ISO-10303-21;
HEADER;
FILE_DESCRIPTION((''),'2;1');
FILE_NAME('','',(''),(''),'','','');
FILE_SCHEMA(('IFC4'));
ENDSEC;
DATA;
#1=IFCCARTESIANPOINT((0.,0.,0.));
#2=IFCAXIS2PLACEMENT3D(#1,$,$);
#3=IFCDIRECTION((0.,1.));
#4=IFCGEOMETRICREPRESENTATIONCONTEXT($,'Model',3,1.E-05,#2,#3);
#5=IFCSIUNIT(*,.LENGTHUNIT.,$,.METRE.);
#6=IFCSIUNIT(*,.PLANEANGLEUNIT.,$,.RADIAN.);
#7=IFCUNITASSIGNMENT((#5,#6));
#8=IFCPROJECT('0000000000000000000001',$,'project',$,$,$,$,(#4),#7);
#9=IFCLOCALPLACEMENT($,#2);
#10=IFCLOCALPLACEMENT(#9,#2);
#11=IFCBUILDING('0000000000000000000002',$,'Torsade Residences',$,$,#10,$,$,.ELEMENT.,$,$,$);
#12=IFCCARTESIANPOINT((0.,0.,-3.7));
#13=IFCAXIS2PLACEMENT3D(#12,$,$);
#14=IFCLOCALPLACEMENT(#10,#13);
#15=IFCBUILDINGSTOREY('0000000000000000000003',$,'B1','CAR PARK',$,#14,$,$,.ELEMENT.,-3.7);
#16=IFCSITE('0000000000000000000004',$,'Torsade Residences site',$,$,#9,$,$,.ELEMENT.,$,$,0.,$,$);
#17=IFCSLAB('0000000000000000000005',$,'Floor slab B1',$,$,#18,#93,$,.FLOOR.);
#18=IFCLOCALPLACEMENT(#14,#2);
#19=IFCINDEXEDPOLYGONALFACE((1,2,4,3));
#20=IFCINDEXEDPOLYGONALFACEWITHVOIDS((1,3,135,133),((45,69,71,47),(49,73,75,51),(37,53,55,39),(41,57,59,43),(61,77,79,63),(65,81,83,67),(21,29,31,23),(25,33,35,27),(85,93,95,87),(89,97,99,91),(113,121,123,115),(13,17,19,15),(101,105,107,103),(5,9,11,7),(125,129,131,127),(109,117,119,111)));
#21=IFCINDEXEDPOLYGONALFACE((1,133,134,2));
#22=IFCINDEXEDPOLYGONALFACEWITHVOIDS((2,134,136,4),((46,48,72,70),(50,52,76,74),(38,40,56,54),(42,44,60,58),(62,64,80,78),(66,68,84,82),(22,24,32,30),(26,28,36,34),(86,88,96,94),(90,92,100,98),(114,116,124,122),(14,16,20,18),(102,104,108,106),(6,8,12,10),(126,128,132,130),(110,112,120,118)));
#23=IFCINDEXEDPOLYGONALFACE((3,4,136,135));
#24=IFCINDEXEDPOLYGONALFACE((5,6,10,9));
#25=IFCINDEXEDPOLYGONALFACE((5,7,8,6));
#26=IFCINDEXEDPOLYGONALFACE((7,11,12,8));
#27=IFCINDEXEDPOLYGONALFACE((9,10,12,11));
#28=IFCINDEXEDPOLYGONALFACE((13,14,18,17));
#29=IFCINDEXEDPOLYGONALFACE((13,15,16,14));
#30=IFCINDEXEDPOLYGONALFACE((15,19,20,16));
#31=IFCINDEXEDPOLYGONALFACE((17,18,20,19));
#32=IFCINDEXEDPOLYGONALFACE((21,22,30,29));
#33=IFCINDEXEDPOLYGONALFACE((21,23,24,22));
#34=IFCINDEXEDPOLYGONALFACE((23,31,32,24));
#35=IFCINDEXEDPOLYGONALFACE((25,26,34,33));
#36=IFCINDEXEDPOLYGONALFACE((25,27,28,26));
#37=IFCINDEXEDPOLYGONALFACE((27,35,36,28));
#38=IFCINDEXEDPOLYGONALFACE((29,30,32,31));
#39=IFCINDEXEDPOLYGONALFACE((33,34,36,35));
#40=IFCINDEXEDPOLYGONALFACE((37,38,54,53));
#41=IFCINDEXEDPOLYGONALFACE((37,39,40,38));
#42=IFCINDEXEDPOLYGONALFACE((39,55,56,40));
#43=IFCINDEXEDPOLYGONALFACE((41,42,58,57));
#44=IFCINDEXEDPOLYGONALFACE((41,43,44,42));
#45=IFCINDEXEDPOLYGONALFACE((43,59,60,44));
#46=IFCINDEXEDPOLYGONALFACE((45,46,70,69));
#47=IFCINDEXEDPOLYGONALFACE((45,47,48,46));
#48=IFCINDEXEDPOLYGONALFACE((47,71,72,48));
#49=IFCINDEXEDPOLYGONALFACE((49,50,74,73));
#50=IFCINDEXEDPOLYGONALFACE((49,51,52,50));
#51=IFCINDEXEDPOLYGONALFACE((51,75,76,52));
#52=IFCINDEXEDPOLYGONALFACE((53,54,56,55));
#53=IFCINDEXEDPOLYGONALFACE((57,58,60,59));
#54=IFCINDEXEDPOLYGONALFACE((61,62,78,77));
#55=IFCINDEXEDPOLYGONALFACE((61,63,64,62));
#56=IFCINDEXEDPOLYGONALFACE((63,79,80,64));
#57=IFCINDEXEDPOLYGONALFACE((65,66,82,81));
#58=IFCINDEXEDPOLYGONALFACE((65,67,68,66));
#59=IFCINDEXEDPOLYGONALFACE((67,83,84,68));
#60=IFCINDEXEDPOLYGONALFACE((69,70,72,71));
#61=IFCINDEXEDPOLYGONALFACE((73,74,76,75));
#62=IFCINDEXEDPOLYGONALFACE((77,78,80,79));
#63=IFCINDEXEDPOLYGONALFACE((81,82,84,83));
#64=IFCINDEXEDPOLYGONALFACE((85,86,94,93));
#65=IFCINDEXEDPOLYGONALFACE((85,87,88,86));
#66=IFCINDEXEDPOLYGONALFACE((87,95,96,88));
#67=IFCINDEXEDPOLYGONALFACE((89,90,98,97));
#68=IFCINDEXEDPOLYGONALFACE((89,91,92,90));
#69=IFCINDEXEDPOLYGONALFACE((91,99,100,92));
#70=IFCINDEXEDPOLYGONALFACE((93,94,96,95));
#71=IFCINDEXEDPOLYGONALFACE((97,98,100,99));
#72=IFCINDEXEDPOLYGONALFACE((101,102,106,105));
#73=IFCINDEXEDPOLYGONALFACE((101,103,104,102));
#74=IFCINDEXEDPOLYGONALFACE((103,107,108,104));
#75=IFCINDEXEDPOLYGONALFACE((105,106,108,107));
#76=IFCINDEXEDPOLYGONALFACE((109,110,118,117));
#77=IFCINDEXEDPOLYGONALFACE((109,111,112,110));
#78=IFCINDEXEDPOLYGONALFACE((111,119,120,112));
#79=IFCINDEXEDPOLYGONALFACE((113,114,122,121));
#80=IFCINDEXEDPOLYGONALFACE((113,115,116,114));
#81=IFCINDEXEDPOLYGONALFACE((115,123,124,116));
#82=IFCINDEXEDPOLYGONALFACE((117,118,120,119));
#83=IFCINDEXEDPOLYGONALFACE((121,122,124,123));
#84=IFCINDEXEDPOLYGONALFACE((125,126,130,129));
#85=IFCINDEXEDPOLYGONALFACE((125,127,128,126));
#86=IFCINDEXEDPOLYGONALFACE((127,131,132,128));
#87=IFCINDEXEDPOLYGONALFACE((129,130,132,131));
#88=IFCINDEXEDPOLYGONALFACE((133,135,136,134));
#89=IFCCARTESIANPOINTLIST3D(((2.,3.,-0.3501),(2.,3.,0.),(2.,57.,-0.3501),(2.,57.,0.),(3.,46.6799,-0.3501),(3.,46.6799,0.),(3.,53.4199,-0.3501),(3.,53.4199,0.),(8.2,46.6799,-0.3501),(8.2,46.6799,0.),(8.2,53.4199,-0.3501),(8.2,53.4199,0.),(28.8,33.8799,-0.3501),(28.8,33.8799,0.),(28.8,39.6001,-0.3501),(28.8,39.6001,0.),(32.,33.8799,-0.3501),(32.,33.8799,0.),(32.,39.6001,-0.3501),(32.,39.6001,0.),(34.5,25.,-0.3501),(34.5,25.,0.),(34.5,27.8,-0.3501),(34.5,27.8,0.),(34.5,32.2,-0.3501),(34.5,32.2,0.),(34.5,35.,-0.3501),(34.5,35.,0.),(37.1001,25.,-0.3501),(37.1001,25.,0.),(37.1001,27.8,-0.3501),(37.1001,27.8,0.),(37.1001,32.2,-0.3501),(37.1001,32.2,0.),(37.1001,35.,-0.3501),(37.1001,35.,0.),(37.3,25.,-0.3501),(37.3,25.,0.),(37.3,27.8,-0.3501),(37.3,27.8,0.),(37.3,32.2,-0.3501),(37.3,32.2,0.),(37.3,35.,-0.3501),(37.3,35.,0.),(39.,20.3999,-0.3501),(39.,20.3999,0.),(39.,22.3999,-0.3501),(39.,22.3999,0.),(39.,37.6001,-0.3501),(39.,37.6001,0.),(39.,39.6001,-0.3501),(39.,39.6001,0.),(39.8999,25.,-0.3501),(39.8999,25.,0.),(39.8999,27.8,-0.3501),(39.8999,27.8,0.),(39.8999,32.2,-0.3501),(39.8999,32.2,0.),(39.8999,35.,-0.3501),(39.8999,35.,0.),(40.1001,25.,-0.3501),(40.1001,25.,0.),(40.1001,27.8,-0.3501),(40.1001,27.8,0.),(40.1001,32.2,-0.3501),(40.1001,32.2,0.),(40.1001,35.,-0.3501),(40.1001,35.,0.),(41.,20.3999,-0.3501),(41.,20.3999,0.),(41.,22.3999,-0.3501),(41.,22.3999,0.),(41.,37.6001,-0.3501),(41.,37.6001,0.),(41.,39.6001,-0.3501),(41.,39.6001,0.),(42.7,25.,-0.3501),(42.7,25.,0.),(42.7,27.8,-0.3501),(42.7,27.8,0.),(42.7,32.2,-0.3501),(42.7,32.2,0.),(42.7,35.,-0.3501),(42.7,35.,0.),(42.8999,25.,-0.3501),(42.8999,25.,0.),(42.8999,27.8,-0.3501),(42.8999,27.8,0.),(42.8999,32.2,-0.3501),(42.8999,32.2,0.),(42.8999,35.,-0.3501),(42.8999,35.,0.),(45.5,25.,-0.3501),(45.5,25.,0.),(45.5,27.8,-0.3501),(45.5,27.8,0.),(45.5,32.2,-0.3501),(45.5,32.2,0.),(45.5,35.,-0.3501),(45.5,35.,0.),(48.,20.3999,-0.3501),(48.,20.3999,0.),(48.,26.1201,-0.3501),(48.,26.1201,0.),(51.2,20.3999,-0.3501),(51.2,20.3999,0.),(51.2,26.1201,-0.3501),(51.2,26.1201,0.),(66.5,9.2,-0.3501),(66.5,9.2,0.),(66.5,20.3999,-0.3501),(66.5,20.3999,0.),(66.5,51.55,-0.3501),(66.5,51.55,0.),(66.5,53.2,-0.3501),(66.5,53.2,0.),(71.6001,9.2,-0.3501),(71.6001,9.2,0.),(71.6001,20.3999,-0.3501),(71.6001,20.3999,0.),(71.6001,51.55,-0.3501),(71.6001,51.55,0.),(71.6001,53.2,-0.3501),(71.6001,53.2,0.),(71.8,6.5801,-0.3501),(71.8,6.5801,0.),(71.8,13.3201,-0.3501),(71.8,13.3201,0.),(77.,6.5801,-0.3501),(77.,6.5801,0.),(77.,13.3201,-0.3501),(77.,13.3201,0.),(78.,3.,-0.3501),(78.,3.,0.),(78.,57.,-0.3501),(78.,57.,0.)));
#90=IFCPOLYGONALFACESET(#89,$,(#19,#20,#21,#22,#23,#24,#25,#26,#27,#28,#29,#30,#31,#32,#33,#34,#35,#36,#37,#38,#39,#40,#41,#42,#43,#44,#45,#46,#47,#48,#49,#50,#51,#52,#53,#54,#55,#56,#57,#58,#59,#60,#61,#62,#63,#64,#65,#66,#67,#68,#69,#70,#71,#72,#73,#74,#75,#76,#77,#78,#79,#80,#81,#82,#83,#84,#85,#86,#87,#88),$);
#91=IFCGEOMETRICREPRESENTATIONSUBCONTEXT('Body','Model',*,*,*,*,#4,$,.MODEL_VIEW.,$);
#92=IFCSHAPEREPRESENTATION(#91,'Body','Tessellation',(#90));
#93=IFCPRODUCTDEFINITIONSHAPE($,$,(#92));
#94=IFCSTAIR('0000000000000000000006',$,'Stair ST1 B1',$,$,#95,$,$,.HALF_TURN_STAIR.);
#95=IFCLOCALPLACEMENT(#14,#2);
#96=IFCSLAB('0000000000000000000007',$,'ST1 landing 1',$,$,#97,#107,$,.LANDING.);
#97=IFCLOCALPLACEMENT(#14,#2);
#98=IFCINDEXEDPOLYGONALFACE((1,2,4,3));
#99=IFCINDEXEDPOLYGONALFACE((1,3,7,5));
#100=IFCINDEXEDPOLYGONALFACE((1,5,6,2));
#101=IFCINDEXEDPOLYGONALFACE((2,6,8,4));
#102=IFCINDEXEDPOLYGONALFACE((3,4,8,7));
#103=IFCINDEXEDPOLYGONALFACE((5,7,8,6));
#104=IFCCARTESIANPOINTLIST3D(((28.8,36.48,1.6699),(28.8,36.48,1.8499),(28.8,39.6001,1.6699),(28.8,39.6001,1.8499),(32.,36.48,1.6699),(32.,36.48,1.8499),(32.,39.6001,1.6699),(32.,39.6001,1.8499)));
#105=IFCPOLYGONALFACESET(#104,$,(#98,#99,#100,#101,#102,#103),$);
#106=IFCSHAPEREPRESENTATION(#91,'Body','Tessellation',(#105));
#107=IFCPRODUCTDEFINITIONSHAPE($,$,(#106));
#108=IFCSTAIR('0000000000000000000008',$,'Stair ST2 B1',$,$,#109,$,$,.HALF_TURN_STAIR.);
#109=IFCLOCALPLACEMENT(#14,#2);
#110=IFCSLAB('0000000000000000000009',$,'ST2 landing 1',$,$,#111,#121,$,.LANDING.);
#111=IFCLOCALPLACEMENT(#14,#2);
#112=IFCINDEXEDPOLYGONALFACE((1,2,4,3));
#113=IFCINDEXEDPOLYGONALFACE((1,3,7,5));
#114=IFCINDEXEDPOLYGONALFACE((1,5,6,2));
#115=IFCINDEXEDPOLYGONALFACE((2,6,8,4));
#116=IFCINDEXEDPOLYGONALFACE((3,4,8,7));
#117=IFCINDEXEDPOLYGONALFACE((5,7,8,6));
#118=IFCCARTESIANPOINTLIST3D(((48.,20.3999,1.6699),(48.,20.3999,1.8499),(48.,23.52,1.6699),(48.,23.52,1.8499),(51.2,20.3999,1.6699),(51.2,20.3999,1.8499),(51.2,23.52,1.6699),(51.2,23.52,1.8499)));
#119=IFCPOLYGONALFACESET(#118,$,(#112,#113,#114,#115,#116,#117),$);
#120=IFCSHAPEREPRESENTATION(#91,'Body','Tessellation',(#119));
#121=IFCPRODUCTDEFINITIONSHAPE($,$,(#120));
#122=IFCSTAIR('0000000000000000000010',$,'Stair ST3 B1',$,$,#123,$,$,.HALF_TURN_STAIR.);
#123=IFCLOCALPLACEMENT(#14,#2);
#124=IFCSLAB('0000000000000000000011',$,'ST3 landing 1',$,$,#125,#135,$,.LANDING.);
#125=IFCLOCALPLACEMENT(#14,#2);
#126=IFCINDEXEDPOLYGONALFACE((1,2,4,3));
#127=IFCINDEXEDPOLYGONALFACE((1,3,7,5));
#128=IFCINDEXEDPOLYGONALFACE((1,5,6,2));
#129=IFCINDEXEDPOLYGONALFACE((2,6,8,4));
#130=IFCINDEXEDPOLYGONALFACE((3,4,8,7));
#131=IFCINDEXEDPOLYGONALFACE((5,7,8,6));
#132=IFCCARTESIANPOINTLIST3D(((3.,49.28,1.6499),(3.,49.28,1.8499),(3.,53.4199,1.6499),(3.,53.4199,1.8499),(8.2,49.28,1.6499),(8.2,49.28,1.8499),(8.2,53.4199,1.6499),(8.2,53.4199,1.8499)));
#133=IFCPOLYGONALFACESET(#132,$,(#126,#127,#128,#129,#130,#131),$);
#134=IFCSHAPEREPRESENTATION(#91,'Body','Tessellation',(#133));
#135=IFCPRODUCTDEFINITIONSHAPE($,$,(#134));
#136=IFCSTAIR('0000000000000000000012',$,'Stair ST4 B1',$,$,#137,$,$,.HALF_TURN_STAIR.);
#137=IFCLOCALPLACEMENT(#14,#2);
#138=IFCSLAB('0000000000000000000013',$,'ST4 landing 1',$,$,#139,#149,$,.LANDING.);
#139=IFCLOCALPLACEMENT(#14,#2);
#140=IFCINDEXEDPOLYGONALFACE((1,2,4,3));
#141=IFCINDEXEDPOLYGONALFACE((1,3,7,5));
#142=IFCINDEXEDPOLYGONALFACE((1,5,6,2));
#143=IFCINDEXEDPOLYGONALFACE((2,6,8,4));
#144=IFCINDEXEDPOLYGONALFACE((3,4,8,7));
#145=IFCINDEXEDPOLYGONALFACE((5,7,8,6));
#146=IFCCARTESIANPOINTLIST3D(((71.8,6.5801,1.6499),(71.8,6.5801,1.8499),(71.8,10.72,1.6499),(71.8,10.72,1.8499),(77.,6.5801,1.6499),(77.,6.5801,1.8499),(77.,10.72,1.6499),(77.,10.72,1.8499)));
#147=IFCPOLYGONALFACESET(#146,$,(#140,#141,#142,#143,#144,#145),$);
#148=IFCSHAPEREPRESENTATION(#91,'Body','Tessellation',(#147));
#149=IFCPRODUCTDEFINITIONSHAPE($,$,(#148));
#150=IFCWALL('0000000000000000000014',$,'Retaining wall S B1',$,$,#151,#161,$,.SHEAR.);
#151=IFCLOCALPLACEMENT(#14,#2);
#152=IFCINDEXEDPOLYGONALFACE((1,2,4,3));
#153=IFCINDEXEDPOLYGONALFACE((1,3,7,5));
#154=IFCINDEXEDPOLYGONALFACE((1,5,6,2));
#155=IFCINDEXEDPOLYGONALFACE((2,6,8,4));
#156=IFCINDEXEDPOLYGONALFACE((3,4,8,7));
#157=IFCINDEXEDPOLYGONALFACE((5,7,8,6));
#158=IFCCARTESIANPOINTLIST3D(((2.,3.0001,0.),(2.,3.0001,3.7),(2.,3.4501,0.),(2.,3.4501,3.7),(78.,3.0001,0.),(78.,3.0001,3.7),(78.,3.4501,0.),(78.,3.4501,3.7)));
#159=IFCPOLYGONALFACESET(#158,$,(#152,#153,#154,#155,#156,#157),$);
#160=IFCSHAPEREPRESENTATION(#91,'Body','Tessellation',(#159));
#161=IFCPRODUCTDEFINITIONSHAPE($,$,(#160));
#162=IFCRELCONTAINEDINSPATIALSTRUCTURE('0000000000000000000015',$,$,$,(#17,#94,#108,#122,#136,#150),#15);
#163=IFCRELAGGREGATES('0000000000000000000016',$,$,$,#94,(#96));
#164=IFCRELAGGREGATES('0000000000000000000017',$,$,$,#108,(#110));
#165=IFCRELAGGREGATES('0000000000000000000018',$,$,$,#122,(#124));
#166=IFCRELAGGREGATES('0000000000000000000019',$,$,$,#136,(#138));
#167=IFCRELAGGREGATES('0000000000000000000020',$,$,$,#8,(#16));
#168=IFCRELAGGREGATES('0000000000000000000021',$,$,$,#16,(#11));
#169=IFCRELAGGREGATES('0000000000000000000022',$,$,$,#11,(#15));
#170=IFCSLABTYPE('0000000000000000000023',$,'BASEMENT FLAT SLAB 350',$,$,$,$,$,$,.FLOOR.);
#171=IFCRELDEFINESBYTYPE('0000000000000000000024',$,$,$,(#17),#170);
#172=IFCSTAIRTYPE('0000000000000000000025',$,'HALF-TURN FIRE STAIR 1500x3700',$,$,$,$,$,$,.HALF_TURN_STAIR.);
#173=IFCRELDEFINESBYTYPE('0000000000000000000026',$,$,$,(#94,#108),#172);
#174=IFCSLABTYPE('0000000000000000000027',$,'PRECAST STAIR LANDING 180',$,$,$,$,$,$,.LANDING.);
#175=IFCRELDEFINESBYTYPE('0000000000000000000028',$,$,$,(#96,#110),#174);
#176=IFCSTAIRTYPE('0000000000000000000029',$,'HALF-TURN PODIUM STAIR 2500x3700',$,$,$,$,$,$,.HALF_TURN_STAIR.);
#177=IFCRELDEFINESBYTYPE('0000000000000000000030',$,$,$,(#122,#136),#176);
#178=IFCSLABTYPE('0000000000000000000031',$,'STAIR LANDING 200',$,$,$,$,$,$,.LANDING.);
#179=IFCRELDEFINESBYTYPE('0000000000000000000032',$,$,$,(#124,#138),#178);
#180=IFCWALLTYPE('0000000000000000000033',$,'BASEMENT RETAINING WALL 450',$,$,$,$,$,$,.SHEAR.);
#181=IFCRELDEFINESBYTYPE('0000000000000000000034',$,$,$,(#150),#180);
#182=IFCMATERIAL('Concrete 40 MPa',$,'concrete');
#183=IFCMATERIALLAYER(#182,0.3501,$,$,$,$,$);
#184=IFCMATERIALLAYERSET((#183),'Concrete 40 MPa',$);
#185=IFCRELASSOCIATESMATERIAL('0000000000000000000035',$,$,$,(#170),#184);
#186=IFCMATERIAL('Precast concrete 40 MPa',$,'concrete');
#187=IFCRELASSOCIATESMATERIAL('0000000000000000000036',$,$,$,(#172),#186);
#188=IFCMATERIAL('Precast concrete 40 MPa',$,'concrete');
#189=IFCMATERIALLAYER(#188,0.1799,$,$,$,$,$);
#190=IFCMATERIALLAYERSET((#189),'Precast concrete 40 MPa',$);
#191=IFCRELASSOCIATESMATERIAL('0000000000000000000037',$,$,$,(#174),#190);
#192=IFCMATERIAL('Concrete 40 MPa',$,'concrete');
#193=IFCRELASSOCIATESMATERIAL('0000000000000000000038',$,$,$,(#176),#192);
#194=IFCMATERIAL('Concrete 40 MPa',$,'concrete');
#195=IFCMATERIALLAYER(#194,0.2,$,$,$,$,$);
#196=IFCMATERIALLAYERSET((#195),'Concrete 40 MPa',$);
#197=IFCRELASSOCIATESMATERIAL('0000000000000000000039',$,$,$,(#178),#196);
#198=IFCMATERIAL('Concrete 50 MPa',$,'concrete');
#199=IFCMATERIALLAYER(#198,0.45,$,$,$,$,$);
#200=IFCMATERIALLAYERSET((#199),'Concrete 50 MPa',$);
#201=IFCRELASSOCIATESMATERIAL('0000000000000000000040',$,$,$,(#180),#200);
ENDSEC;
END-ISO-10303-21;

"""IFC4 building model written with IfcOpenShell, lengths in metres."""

from ifc_helpers import new_model, si_unit, direction, frame, frame_2d, origin, place, context, subcontext, project, spatial, polyline, rectangle, outline, extrude, material, layer, layer_set, type_object, element, aggregate, save


model = new_model("IFC4")

# Units and contexts
model_context = context("Model", 3, precision=1e-05, world=origin(), true_north=direction((0.0, 1.0)))
body_context = subcontext(model_context, "Body", "Model", "MODEL_VIEW")
ifc_project = project(units=[si_unit("LENGTHUNIT", "METRE"), si_unit("PLANEANGLEUNIT", "RADIAN")], contexts=[model_context])

# Site, building, storey
site_placement = place(None, origin())
site = spatial("IfcSite", under=ifc_project, at=site_placement, Name="Torsade Residences site", CompositionType="ELEMENT", RefElevation=0.0)
building_placement = place(site_placement, origin())
building = spatial("IfcBuilding", under=site, at=building_placement, Name="Torsade Residences", CompositionType="ELEMENT")
storey_placement = place(building_placement, frame((0.0, 0.0, -3.7)))
storey = spatial("IfcBuildingStorey", under=building, at=storey_placement, Name="B1", Description="CAR PARK", CompositionType="ELEMENT", Elevation=-3.7)

# Slab
ifc_material_1 = material(Name="Concrete 40 MPa", Category="concrete")
ifc_layer_1 = layer(ifc_material_1, 0.3501)
ifc_layer_set_1 = layer_set([ifc_layer_1], Name="Concrete 40 MPa")
slab_type_1 = type_object("IfcSlabType", Name="BASEMENT FLAT SLAB 350", PredefinedType="FLOOR", material=ifc_layer_set_1)
slab_1_placement = place(storey_placement, frame((0.0, 0.0, -0.3501)))
element("IfcSlab", 1, at=slab_1_placement, inside=storey, type_object=slab_type_1, Name="Floor slab B1", PredefinedType="FLOOR", context=body_context, shape_type="SweptSolid", body=[
    extrude(outline(polyline([(78.0, 3.0), (78.0, 57.0), (2.0, 57.0), (2.0, 3.0), (78.0, 3.0)]), holes=[polyline([(28.8, 33.8799), (32.0, 33.8799), (32.0, 39.6001), (28.8, 39.6001), (28.8, 33.8799)]), polyline([(48.0, 20.3999), (51.2, 20.3999), (51.2, 26.1201), (48.0, 26.1201), (48.0, 20.3999)]), polyline([(3.0, 46.6799), (8.2, 46.6799), (8.2, 53.4199), (3.0, 53.4199), (3.0, 46.6799)]), polyline([(71.8, 6.5801), (77.0, 6.5801), (77.0, 13.3201), (71.8, 13.3201), (71.8, 6.5801)]), polyline([(34.5, 32.2), (37.1001, 32.2), (37.1001, 35.0), (34.5, 35.0), (34.5, 32.2)]), polyline([(42.8999, 25.0), (45.5, 25.0), (45.5, 27.8), (42.8999, 27.8), (42.8999, 25.0)]), polyline([(37.3, 32.2), (39.8999, 32.2), (39.8999, 35.0), (37.3, 35.0), (37.3, 32.2)]), polyline([(40.1001, 25.0), (42.7, 25.0), (42.7, 27.8), (40.1001, 27.8), (40.1001, 25.0)]), polyline([(40.1001, 32.2), (42.7, 32.2), (42.7, 35.0), (40.1001, 35.0), (40.1001, 32.2)]), polyline([(37.3, 25.0), (39.8999, 25.0), (39.8999, 27.8), (37.3, 27.8), (37.3, 25.0)]), polyline([(42.8999, 32.2), (45.5, 32.2), (45.5, 35.0), (42.8999, 35.0), (42.8999, 32.2)]), polyline([(34.5, 25.0), (37.1001, 25.0), (37.1001, 27.8), (34.5, 27.8), (34.5, 25.0)]), polyline([(39.0, 37.6001), (41.0, 37.6001), (41.0, 39.6001), (39.0, 39.6001), (39.0, 37.6001)]), polyline([(39.0, 20.3999), (41.0, 20.3999), (41.0, 22.3999), (39.0, 22.3999), (39.0, 20.3999)]), polyline([(66.5, 9.2), (71.6001, 9.2), (71.6001, 20.3999), (66.5, 20.3999), (66.5, 9.2)]), polyline([(66.5, 51.55), (71.6001, 51.55), (71.6001, 53.2), (66.5, 53.2), (66.5, 51.55)])]), origin(), (0.0, 0.0, 1.0), 0.3501),
])

# Stairs, slabs
ifc_material_2 = material(Name="Precast concrete 40 MPa", Category="concrete")
stair_type_1 = type_object("IfcStairType", Name="HALF-TURN FIRE STAIR 1500x3700", PredefinedType="HALF_TURN_STAIR", material=ifc_material_2)
stair_1_placement = place(storey_placement, origin())
stair_1 = element("IfcStair", 2, at=stair_1_placement, inside=storey, type_object=stair_type_1, Name="Stair ST1 B1", PredefinedType="HALF_TURN_STAIR")
ifc_material_3 = material(Name="Precast concrete 40 MPa", Category="concrete")
ifc_layer_2 = layer(ifc_material_3, 0.1799)
ifc_layer_set_2 = layer_set([ifc_layer_2], Name="Precast concrete 40 MPa")
slab_type_2 = type_object("IfcSlabType", Name="PRECAST STAIR LANDING 180", PredefinedType="LANDING", material=ifc_layer_set_2)
slab_2_placement = place(storey_placement, frame((0.0, 0.0, 1.6699)))
slab_2 = element("IfcSlab", 3, at=slab_2_placement, type_object=slab_type_2, Name="ST1 landing 1", PredefinedType="LANDING", context=body_context, shape_type="SweptSolid", body=[
    extrude(outline(polyline([(28.8, 36.48), (32.0, 36.48), (32.0, 39.6001), (28.8, 39.6001), (28.8, 36.48)])), origin(), (0.0, 0.0, 1.0), 0.1799),
])
aggregate(stair_1, [slab_2])
stair_2_placement = place(storey_placement, origin())
stair_2 = element("IfcStair", 4, at=stair_2_placement, inside=storey, type_object=stair_type_1, Name="Stair ST2 B1", PredefinedType="HALF_TURN_STAIR")
slab_3_placement = place(storey_placement, frame((0.0, 0.0, 1.6699)))
slab_3 = element("IfcSlab", 5, at=slab_3_placement, type_object=slab_type_2, Name="ST2 landing 1", PredefinedType="LANDING", context=body_context, shape_type="SweptSolid", body=[
    extrude(outline(polyline([(48.0, 20.3999), (51.2, 20.3999), (51.2, 23.52), (48.0, 23.52), (48.0, 20.3999)])), origin(), (0.0, 0.0, 1.0), 0.1799),
])
aggregate(stair_2, [slab_3])
ifc_material_4 = material(Name="Concrete 40 MPa", Category="concrete")
stair_type_2 = type_object("IfcStairType", Name="HALF-TURN PODIUM STAIR 2500x3700", PredefinedType="HALF_TURN_STAIR", material=ifc_material_4)
stair_3_placement = place(storey_placement, origin())
stair_3 = element("IfcStair", 6, at=stair_3_placement, inside=storey, type_object=stair_type_2, Name="Stair ST3 B1", PredefinedType="HALF_TURN_STAIR")
ifc_material_5 = material(Name="Concrete 40 MPa", Category="concrete")
ifc_layer_3 = layer(ifc_material_5, 0.2)
ifc_layer_set_3 = layer_set([ifc_layer_3], Name="Concrete 40 MPa")
slab_type_3 = type_object("IfcSlabType", Name="STAIR LANDING 200", PredefinedType="LANDING", material=ifc_layer_set_3)
slab_4_placement = place(storey_placement, frame((0.0, 0.0, 1.6499)))
slab_4 = element("IfcSlab", 7, at=slab_4_placement, type_object=slab_type_3, Name="ST3 landing 1", PredefinedType="LANDING", context=body_context, shape_type="SweptSolid", body=[
    extrude(outline(polyline([(3.0, 49.28), (8.2, 49.28), (8.2, 53.4199), (3.0, 53.4199), (3.0, 49.28)])), origin(), (0.0, 0.0, 1.0), 0.2),
])
aggregate(stair_3, [slab_4])
stair_4_placement = place(storey_placement, origin())
stair_4 = element("IfcStair", 8, at=stair_4_placement, inside=storey, type_object=stair_type_2, Name="Stair ST4 B1", PredefinedType="HALF_TURN_STAIR")
slab_5_placement = place(storey_placement, frame((0.0, 0.0, 1.6499)))
slab_5 = element("IfcSlab", 9, at=slab_5_placement, type_object=slab_type_3, Name="ST4 landing 1", PredefinedType="LANDING", context=body_context, shape_type="SweptSolid", body=[
    extrude(outline(polyline([(71.8, 6.5801), (77.0, 6.5801), (77.0, 10.72), (71.8, 10.72), (71.8, 6.5801)])), origin(), (0.0, 0.0, 1.0), 0.2),
])
aggregate(stair_4, [slab_5])

# Wall
ifc_material_6 = material(Name="Concrete 50 MPa", Category="concrete")
ifc_layer_4 = layer(ifc_material_6, 0.45)
ifc_layer_set_4 = layer_set([ifc_layer_4], Name="Concrete 50 MPa")
wall_type = type_object("IfcWallType", Name="BASEMENT RETAINING WALL 450", PredefinedType="SHEAR", material=ifc_layer_set_4)
wall_placement = place(storey_placement, frame((2.0, 3.2251, 0.0), z_axis=(0.0, 0.0, 1.0), x_axis=(1.0, 0.0, 0.0)))
element("IfcWall", 10, at=wall_placement, inside=storey, type_object=wall_type, Name="Retaining wall S B1", PredefinedType="SHEAR", context=body_context, shape_type="SweptSolid", body=[
    extrude(rectangle(XDim=76.0, YDim=0.45, at=frame_2d((38.0, 0.0))), origin(), (0.0, 0.0, 1.0), 3.7),
])

save(model, "model.ifc")
